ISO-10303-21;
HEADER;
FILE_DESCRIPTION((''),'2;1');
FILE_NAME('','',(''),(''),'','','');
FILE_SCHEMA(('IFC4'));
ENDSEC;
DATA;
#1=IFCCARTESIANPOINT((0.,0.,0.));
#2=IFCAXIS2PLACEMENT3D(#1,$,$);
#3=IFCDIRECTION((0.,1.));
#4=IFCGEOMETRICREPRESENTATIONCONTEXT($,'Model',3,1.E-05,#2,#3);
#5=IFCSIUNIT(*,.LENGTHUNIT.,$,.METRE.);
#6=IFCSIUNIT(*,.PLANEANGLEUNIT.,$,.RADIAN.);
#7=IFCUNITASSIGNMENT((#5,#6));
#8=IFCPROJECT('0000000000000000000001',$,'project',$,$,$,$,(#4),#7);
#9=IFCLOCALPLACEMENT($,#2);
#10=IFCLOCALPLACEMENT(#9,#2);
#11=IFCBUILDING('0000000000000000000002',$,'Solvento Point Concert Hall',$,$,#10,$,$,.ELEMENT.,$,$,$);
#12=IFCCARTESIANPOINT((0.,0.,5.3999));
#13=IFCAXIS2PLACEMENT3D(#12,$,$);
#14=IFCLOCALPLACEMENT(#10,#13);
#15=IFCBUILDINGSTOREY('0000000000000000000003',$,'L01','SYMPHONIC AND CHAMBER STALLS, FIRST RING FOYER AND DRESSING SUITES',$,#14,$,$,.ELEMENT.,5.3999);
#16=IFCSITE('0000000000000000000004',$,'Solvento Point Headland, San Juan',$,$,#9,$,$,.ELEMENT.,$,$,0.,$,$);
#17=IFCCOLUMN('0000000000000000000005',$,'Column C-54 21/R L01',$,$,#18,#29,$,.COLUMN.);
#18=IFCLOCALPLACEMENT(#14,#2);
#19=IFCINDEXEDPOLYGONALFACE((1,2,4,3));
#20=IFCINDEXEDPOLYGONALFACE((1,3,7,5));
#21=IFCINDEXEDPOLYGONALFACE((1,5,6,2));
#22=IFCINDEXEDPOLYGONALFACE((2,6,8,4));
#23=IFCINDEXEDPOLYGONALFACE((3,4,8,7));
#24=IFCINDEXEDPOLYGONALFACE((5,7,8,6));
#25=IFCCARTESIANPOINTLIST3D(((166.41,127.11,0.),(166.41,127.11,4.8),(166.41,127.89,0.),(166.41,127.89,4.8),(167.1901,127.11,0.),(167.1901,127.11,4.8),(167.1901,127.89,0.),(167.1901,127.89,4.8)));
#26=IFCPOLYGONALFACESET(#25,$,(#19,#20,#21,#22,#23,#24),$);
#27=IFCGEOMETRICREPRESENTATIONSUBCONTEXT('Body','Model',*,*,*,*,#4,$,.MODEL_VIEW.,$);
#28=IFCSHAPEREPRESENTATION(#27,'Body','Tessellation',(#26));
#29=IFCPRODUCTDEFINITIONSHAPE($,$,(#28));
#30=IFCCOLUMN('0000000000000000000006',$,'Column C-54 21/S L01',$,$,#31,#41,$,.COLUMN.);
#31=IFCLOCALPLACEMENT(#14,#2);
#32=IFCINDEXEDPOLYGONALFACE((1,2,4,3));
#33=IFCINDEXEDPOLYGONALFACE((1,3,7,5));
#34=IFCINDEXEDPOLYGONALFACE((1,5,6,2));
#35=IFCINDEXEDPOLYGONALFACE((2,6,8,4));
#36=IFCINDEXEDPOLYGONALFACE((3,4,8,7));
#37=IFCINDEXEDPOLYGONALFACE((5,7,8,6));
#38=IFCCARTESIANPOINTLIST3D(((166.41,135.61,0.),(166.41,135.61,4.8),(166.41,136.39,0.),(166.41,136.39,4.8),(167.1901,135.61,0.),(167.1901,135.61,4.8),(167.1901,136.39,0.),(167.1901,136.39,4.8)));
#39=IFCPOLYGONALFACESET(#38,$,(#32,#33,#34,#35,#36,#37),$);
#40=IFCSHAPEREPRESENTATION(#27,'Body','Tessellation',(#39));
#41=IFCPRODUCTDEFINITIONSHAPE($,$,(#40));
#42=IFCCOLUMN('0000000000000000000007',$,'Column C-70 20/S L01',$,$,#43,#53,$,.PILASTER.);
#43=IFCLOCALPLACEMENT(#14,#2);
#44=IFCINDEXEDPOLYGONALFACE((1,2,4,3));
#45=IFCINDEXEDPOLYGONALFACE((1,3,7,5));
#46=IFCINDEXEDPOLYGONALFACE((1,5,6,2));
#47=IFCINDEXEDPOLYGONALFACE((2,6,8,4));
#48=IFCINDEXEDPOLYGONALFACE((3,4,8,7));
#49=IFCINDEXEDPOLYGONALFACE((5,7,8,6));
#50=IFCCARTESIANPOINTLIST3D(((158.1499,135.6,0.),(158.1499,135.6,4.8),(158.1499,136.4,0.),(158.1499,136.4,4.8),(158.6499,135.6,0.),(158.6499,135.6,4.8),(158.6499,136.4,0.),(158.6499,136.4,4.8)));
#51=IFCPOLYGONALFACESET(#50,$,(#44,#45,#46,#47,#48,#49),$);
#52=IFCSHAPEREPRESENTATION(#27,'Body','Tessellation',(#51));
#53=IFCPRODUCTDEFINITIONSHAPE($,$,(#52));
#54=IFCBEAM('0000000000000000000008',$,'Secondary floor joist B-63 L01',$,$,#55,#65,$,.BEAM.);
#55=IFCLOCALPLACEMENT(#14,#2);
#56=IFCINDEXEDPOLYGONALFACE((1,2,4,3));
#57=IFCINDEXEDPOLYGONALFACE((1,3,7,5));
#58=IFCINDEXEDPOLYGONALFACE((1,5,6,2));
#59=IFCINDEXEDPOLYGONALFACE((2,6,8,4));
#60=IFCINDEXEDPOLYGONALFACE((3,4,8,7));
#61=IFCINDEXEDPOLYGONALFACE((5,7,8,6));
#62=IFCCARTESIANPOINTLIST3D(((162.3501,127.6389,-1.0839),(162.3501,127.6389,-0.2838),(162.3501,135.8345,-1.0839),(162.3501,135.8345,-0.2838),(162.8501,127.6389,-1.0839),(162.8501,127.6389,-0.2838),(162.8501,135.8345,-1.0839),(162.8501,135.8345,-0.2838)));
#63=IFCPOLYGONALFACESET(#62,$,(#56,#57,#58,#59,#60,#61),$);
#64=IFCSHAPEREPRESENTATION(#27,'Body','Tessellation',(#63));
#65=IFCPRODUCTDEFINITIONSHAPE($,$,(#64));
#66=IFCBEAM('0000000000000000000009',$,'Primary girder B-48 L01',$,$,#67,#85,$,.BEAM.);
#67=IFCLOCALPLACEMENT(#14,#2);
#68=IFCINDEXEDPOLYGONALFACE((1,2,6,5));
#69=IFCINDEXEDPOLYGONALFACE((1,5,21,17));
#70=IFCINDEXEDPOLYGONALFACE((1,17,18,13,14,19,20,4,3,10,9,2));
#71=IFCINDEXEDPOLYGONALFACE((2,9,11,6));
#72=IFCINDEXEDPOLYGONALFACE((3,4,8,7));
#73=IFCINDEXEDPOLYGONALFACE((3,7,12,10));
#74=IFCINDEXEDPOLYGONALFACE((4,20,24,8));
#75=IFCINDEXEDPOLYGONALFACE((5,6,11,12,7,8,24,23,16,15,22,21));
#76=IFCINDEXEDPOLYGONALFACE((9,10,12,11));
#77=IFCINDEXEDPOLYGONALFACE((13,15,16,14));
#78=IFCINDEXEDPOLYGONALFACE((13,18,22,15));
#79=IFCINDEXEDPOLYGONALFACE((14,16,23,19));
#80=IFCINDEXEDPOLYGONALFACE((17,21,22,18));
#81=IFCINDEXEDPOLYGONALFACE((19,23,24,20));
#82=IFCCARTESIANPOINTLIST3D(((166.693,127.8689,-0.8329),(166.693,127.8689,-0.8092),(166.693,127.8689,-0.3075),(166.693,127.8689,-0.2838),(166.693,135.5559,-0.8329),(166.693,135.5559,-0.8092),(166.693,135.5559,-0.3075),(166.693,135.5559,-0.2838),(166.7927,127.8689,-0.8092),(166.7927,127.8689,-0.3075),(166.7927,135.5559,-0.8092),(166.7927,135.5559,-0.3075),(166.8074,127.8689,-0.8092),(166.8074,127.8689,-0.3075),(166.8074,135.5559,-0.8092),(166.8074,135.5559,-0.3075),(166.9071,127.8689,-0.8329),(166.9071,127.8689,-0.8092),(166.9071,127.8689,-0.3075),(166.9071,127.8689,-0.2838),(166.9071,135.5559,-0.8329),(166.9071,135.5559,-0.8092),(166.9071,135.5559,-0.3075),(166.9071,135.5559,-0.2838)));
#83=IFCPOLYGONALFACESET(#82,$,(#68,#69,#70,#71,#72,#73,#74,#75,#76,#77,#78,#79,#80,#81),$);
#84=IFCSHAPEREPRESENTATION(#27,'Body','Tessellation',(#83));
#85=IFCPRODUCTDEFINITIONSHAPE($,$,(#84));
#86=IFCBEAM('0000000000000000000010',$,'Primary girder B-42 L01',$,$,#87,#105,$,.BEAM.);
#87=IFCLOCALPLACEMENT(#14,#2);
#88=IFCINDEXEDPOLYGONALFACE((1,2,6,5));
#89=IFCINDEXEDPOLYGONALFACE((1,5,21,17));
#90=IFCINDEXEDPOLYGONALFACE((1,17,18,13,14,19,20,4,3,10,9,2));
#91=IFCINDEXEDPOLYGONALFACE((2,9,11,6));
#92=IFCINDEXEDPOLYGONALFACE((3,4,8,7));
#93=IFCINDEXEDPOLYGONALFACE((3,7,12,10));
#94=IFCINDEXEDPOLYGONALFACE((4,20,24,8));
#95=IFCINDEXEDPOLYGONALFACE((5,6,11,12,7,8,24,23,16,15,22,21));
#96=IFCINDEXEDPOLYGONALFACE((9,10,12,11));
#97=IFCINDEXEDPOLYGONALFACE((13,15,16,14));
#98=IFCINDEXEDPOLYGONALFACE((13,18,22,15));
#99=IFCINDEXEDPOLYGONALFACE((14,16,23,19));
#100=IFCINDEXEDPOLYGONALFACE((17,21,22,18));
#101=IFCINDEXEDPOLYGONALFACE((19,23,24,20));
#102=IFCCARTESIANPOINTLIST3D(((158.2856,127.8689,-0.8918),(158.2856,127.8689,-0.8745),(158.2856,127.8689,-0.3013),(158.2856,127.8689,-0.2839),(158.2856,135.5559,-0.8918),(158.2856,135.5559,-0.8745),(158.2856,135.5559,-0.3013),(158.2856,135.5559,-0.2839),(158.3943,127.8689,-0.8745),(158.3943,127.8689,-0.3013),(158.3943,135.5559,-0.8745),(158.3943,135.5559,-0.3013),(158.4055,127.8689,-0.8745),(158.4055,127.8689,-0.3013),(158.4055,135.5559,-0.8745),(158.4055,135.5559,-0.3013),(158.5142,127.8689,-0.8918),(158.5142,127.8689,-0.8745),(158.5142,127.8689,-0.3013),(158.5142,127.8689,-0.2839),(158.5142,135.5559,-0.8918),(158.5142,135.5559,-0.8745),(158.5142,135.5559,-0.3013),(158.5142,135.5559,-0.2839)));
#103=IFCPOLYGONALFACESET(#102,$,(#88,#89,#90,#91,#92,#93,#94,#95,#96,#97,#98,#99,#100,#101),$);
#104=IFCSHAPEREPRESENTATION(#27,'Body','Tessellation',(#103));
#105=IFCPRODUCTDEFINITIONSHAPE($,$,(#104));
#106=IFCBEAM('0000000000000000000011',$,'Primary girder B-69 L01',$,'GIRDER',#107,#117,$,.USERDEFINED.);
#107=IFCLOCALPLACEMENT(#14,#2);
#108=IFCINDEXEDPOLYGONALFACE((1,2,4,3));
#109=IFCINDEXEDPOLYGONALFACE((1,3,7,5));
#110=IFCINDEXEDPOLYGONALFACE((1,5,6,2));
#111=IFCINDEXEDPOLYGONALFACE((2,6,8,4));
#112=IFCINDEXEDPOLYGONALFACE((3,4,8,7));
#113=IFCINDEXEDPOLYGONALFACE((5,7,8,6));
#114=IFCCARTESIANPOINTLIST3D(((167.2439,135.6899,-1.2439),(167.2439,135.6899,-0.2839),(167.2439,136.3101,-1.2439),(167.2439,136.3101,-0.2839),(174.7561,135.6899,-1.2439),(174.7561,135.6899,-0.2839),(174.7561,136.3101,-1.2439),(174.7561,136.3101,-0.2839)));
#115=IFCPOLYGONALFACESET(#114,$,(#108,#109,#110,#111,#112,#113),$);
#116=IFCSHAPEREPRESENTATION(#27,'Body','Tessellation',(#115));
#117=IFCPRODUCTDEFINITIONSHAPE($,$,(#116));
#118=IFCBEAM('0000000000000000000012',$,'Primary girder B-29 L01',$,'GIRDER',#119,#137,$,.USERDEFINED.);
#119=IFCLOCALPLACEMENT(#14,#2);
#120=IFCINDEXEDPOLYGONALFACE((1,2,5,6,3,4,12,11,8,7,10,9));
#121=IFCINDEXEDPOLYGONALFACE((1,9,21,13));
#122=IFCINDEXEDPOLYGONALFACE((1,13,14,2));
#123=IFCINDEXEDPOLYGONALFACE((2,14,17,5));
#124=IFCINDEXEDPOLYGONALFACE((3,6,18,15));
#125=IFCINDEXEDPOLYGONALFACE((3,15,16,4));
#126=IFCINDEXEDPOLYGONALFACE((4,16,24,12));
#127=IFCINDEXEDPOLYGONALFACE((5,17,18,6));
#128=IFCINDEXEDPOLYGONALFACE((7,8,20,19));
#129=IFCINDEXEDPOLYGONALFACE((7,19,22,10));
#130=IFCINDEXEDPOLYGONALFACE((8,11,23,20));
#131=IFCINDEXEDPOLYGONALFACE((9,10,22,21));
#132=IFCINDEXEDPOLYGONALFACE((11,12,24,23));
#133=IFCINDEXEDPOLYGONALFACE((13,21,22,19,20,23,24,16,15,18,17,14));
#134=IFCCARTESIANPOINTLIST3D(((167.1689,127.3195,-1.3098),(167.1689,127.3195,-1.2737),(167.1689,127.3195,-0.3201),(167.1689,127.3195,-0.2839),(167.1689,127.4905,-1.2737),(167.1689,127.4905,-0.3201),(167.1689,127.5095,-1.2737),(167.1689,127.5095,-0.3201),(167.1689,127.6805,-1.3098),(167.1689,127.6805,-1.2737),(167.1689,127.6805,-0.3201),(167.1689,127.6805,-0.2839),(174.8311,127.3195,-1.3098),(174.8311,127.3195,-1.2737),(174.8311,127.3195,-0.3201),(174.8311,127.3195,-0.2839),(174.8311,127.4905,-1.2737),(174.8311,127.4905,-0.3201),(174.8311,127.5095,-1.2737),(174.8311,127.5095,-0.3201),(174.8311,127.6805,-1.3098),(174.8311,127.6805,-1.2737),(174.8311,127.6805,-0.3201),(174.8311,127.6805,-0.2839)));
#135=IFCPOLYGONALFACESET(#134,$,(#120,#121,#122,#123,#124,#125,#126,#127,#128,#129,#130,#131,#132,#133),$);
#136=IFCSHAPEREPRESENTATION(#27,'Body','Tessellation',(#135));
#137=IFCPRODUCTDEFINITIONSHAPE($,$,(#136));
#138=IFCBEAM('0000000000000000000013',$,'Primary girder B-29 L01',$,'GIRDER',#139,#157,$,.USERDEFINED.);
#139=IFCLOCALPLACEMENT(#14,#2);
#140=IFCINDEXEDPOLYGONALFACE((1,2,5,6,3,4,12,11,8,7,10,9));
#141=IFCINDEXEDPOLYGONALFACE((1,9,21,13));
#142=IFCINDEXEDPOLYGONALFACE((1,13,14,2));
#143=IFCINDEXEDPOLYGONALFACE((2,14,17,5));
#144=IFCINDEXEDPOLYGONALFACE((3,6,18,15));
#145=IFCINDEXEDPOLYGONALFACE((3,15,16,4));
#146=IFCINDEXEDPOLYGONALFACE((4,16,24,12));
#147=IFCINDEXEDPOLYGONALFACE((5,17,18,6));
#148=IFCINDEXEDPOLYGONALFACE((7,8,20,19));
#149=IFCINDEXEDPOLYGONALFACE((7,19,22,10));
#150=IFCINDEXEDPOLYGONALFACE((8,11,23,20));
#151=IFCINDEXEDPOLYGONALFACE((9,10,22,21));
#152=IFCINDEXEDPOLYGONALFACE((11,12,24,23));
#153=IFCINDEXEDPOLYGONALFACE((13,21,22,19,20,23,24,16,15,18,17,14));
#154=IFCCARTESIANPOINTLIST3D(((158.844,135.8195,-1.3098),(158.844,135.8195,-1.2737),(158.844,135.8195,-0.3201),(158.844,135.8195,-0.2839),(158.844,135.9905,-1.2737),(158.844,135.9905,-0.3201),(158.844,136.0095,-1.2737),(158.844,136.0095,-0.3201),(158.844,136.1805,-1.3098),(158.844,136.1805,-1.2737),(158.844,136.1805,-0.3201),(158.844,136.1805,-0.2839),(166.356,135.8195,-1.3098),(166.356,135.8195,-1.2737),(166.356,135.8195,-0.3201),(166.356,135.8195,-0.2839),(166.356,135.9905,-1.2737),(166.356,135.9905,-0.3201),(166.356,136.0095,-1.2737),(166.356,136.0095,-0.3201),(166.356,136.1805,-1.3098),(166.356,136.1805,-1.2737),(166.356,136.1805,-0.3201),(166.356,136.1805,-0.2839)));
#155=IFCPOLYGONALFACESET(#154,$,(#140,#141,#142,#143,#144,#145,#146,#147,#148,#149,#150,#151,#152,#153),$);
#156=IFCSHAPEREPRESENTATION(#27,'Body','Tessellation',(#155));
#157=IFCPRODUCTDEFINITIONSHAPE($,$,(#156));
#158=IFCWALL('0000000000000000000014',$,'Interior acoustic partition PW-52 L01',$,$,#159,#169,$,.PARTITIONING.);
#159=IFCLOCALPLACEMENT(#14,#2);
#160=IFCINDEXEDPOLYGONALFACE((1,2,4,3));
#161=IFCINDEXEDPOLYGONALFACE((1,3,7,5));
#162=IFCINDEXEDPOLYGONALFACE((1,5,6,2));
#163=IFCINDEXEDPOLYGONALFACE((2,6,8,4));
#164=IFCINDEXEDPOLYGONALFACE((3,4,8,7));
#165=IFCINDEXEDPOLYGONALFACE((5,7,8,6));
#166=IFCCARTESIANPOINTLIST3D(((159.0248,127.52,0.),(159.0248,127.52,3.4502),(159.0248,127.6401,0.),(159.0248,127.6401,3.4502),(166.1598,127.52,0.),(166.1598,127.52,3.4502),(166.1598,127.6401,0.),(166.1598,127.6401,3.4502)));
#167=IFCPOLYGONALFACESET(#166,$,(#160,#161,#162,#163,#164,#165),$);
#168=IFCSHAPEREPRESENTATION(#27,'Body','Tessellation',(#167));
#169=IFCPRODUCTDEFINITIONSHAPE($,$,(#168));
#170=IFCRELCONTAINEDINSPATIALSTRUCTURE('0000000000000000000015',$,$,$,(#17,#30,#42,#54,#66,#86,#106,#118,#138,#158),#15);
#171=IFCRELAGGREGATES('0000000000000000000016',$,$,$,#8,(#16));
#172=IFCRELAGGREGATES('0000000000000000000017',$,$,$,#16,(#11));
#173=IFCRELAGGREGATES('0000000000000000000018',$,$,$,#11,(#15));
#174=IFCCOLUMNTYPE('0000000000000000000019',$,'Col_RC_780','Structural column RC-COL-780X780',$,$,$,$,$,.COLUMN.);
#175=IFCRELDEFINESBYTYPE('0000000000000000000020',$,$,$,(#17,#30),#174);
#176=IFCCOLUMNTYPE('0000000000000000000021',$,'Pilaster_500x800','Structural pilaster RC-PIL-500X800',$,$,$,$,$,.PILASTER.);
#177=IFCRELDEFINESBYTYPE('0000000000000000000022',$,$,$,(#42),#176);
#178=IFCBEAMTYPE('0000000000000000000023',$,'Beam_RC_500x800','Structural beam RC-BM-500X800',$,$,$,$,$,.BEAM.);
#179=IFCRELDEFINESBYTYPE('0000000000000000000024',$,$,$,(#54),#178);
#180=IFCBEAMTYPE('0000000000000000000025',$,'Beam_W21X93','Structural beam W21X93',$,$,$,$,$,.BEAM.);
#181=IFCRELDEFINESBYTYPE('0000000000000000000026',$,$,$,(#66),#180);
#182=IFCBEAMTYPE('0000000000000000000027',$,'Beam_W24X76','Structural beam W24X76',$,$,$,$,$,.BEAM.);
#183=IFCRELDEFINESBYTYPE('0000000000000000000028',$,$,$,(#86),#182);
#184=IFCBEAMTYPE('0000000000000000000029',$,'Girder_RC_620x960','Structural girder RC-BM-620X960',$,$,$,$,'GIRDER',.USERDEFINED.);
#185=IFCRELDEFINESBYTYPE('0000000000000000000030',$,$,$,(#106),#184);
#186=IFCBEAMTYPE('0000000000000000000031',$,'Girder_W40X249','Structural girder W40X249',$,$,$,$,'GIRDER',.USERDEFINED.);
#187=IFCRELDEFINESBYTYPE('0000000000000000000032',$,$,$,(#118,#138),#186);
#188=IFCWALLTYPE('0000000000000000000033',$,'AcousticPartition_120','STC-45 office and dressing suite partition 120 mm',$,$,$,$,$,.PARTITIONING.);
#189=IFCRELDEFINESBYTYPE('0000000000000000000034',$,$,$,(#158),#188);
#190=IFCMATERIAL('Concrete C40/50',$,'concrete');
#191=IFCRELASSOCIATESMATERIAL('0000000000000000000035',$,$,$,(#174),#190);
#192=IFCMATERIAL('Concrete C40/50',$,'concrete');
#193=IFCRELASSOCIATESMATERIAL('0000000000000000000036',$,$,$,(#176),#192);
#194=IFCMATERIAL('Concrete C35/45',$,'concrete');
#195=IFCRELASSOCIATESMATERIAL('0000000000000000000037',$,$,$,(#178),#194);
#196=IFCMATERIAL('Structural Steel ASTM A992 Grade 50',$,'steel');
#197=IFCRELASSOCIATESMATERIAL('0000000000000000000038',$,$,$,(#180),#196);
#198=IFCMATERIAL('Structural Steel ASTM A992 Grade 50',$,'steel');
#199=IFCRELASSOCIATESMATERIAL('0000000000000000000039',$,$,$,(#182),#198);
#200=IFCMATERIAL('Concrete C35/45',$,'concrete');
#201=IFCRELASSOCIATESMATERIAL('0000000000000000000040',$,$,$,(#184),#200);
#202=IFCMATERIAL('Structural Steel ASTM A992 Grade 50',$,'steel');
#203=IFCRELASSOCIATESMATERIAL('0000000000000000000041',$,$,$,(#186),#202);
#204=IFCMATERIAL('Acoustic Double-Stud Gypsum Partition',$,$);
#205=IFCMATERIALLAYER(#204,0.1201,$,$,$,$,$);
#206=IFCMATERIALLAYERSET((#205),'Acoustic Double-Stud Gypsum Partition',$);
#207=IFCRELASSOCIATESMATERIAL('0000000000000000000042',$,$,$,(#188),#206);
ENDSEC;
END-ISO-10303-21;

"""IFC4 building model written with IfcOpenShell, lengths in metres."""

from ifc_helpers import new_model, si_unit, direction, frame, frame_2d, origin, origin_2d, place, context, subcontext, project, spatial, rectangle, i_section, extrude, material, layer, layer_set, material_profile, profile_set, type_object, element, save


model = new_model("IFC4")

# Units and contexts
model_context = context("Model", 3, precision=1e-05, world=origin(), true_north=direction((0.0, 1.0)))
body_context = subcontext(model_context, "Body", "Model", "MODEL_VIEW")
ifc_project = project(units=[si_unit("LENGTHUNIT", "METRE"), si_unit("PLANEANGLEUNIT", "RADIAN")], contexts=[model_context])

# Site, building, storey
site_placement = place(None, origin())
site = spatial("IfcSite", under=ifc_project, at=site_placement, Name="Solvento Point Headland, San Juan", CompositionType="ELEMENT", RefElevation=0.0)
building_placement = place(site_placement, origin())
building = spatial("IfcBuilding", under=site, at=building_placement, Name="Solvento Point Concert Hall", CompositionType="ELEMENT")
storey_placement = place(building_placement, frame((0.0, 0.0, 5.3999)))
storey = spatial("IfcBuildingStorey", under=building, at=storey_placement, Name="L01", Description="SYMPHONIC AND CHAMBER STALLS, FIRST RING FOYER AND DRESSING SUITES", CompositionType="ELEMENT", Elevation=5.3999)

# Columns
ifc_material_1 = material(Name="Concrete C40/50", Category="concrete")
ifc_material_profile_1 = material_profile(ifc_material_1, rectangle(XDim=0.78, YDim=0.78, at=origin_2d()), Name="RC-COL-780X780")
ifc_profile_set_1 = profile_set([ifc_material_profile_1], Name="Concrete C40/50")
column_type_1 = type_object("IfcColumnType", Name="Col_RC_780", Description="Structural column RC-COL-780X780", PredefinedType="COLUMN", material=ifc_profile_set_1)
for number, where, z_axis, x_axis, name in (
    (1, (166.8, 127.5, 0.0), (0.0, 0.0, 1.0), (1.0, 0.0, 0.0), "Column C-54 21/R L01"),
    (2, (166.8, 136.0, 0.0), (0.0, 0.0, 1.0), (1.0, 0.0, 0.0), "Column C-54 21/S L01"),
):
    element("IfcColumn", number, at=place(storey_placement, frame(where, z_axis=z_axis, x_axis=x_axis)), inside=storey, type_object=column_type_1, Name=name, PredefinedType="COLUMN", context=body_context, shape_type="SweptSolid", body=[
        extrude(rectangle(XDim=0.78, YDim=0.78, at=origin_2d()), origin(), (0.0, 0.0, 1.0), 4.8),
    ])
ifc_material_2 = material(Name="Concrete C40/50", Category="concrete")
ifc_material_profile_2 = material_profile(ifc_material_2, rectangle(XDim=0.5, YDim=0.8, at=origin_2d()), Name="RC-PIL-500X800")
ifc_profile_set_2 = profile_set([ifc_material_profile_2], Name="Concrete C40/50")
column_type_2 = type_object("IfcColumnType", Name="Pilaster_500x800", Description="Structural pilaster RC-PIL-500X800", PredefinedType="PILASTER", material=ifc_profile_set_2)
column_placement = place(storey_placement, frame((158.3999, 136.0, 0.0), z_axis=(0.0, 0.0, 1.0), x_axis=(1.0, 0.0, 0.0)))
element("IfcColumn", 3, at=column_placement, inside=storey, type_object=column_type_2, Name="Column C-70 20/S L01", PredefinedType="PILASTER", context=body_context, shape_type="SweptSolid", body=[
    extrude(rectangle(XDim=0.5, YDim=0.8, at=origin_2d()), origin(), (0.0, 0.0, 1.0), 4.8),
])

# Beams
ifc_material_3 = material(Name="Concrete C35/45", Category="concrete")
ifc_material_profile_3 = material_profile(ifc_material_3, rectangle(XDim=0.5, YDim=0.8, at=origin_2d()), Name="RC-BM-500X800")
ifc_profile_set_3 = profile_set([ifc_material_profile_3], Name="Concrete C35/45")
beam_type_1 = type_object("IfcBeamType", Name="Beam_RC_500x800", Description="Structural beam RC-BM-500X800", PredefinedType="BEAM", material=ifc_profile_set_3)
beam_1_placement = place(storey_placement, frame((162.6001, 127.6389, -0.6838), z_axis=(0.0, 1.0, 0.0), x_axis=(-1.0, 0.0, 0.0)))
element("IfcBeam", 4, at=beam_1_placement, inside=storey, type_object=beam_type_1, Name="Secondary floor joist B-63 L01", PredefinedType="BEAM", context=body_context, shape_type="SweptSolid", body=[
    extrude(rectangle(XDim=0.5, YDim=0.8, at=origin_2d()), origin(), (0.0, 0.0, 1.0), 8.1956),
])
ifc_material_4 = material(Name="Structural Steel ASTM A992 Grade 50", Category="steel")
ifc_material_profile_4 = material_profile(ifc_material_4, i_section(OverallWidth=0.2141, OverallDepth=0.5491, WebThickness=0.0146, FlangeThickness=0.0237, at=origin_2d()), Name="W21X93")
ifc_profile_set_4 = profile_set([ifc_material_profile_4], Name="Structural Steel ASTM A992 Grade 50")
beam_type_2 = type_object("IfcBeamType", Name="Beam_W21X93", Description="Structural beam W21X93", PredefinedType="BEAM", material=ifc_profile_set_4)
beam_2_placement = place(storey_placement, frame((166.8, 127.8689, -0.5583), z_axis=(0.0, 1.0, 0.0), x_axis=(-1.0, 0.0, 0.0)))
element("IfcBeam", 5, at=beam_2_placement, inside=storey, type_object=beam_type_2, Name="Primary girder B-48 L01", PredefinedType="BEAM", context=body_context, shape_type="SweptSolid", body=[
    extrude(i_section(OverallWidth=0.2141, OverallDepth=0.5491, WebThickness=0.0146, FlangeThickness=0.0237, at=origin_2d()), origin(), (0.0, 0.0, 1.0), 7.687),
])
ifc_material_5 = material(Name="Structural Steel ASTM A992 Grade 50", Category="steel")
ifc_material_profile_5 = material_profile(ifc_material_5, i_section(OverallWidth=0.2285, OverallDepth=0.6079, WebThickness=0.0112, FlangeThickness=0.0173, at=origin_2d()), Name="W24X76")
ifc_profile_set_5 = profile_set([ifc_material_profile_5], Name="Structural Steel ASTM A992 Grade 50")
beam_type_3 = type_object("IfcBeamType", Name="Beam_W24X76", Description="Structural beam W24X76", PredefinedType="BEAM", material=ifc_profile_set_5)
beam_3_placement = place(storey_placement, frame((158.3999, 127.8689, -0.5879), z_axis=(0.0, 1.0, 0.0), x_axis=(-1.0, 0.0, 0.0)))
element("IfcBeam", 6, at=beam_3_placement, inside=storey, type_object=beam_type_3, Name="Primary girder B-42 L01", PredefinedType="BEAM", context=body_context, shape_type="SweptSolid", body=[
    extrude(i_section(OverallWidth=0.2285, OverallDepth=0.6079, WebThickness=0.0112, FlangeThickness=0.0173, at=origin_2d()), origin(), (0.0, 0.0, 1.0), 7.687),
])
ifc_material_6 = material(Name="Concrete C35/45", Category="concrete")
ifc_material_profile_6 = material_profile(ifc_material_6, rectangle(XDim=0.6201, YDim=0.96, at=origin_2d()), Name="RC-BM-620X960")
ifc_profile_set_6 = profile_set([ifc_material_profile_6], Name="Concrete C35/45")
beam_type_4 = type_object("IfcBeamType", Name="Girder_RC_620x960", Description="Structural girder RC-BM-620X960", ElementType="GIRDER", PredefinedType="USERDEFINED", material=ifc_profile_set_6)
beam_4_placement = place(storey_placement, frame((167.2439, 136.0, -0.7639), z_axis=(1.0, 0.0, 0.0), x_axis=(0.0, 1.0, 0.0)))
element("IfcBeam", 7, at=beam_4_placement, inside=storey, type_object=beam_type_4, Name="Primary girder B-69 L01", ObjectType="GIRDER", PredefinedType="USERDEFINED", context=body_context, shape_type="SweptSolid", body=[
    extrude(rectangle(XDim=0.6201, YDim=0.96, at=origin_2d()), origin(), (0.0, 0.0, 1.0), 7.5122),
])
ifc_material_7 = material(Name="Structural Steel ASTM A992 Grade 50", Category="steel")
ifc_material_profile_7 = material_profile(ifc_material_7, i_section(OverallWidth=0.3611, OverallDepth=1.0259, WebThickness=0.019, FlangeThickness=0.0361, at=origin_2d()), Name="W40X249")
ifc_profile_set_7 = profile_set([ifc_material_profile_7], Name="Structural Steel ASTM A992 Grade 50")
beam_type_5 = type_object("IfcBeamType", Name="Girder_W40X249", Description="Structural girder W40X249", ElementType="GIRDER", PredefinedType="USERDEFINED", material=ifc_profile_set_7)
beam_5_placement = place(storey_placement, frame((167.1689, 127.5, -0.7969), z_axis=(1.0, 0.0, 0.0), x_axis=(0.0, 1.0, 0.0)))
element("IfcBeam", 8, at=beam_5_placement, inside=storey, type_object=beam_type_5, Name="Primary girder B-29 L01", ObjectType="GIRDER", PredefinedType="USERDEFINED", context=body_context, shape_type="SweptSolid", body=[
    extrude(i_section(OverallWidth=0.3611, OverallDepth=1.0259, WebThickness=0.019, FlangeThickness=0.0361, at=origin_2d()), origin(), (0.0, 0.0, 1.0), 7.6621),
])
beam_6_placement = place(storey_placement, frame((158.844, 136.0, -0.7969), z_axis=(1.0, 0.0, 0.0), x_axis=(0.0, 1.0, 0.0)))
element("IfcBeam", 9, at=beam_6_placement, inside=storey, type_object=beam_type_5, Name="Primary girder B-29 L01", ObjectType="GIRDER", PredefinedType="USERDEFINED", context=body_context, shape_type="SweptSolid", body=[
    extrude(i_section(OverallWidth=0.3611, OverallDepth=1.0259, WebThickness=0.019, FlangeThickness=0.0361, at=origin_2d()), origin(), (0.0, 0.0, 1.0), 7.512),
])

# Wall
ifc_material_8 = material(Name="Acoustic Double-Stud Gypsum Partition")
ifc_layer_1 = layer(ifc_material_8, 0.1201)
ifc_layer_set_1 = layer_set([ifc_layer_1], Name="Acoustic Double-Stud Gypsum Partition")
wall_type_1 = type_object("IfcWallType", Name="AcousticPartition_120", Description="STC-45 office and dressing suite partition 120 mm", PredefinedType="PARTITIONING", material=ifc_layer_set_1)
wall_1_placement = place(storey_placement, frame((159.0249, 127.5801, 0.0), z_axis=(0.0, 0.0, 1.0), x_axis=(1.0, 0.0, 0.0)))
element("IfcWall", 10, at=wall_1_placement, inside=storey, type_object=wall_type_1, Name="Interior acoustic partition PW-52 L01", PredefinedType="PARTITIONING", context=body_context, shape_type="SweptSolid", body=[
    extrude(rectangle(XDim=7.135, YDim=0.1201, at=frame_2d((3.5674, 0.0))), origin(), (0.0, 0.0, 1.0), 3.4502),
])

save(model, "model.ifc")
